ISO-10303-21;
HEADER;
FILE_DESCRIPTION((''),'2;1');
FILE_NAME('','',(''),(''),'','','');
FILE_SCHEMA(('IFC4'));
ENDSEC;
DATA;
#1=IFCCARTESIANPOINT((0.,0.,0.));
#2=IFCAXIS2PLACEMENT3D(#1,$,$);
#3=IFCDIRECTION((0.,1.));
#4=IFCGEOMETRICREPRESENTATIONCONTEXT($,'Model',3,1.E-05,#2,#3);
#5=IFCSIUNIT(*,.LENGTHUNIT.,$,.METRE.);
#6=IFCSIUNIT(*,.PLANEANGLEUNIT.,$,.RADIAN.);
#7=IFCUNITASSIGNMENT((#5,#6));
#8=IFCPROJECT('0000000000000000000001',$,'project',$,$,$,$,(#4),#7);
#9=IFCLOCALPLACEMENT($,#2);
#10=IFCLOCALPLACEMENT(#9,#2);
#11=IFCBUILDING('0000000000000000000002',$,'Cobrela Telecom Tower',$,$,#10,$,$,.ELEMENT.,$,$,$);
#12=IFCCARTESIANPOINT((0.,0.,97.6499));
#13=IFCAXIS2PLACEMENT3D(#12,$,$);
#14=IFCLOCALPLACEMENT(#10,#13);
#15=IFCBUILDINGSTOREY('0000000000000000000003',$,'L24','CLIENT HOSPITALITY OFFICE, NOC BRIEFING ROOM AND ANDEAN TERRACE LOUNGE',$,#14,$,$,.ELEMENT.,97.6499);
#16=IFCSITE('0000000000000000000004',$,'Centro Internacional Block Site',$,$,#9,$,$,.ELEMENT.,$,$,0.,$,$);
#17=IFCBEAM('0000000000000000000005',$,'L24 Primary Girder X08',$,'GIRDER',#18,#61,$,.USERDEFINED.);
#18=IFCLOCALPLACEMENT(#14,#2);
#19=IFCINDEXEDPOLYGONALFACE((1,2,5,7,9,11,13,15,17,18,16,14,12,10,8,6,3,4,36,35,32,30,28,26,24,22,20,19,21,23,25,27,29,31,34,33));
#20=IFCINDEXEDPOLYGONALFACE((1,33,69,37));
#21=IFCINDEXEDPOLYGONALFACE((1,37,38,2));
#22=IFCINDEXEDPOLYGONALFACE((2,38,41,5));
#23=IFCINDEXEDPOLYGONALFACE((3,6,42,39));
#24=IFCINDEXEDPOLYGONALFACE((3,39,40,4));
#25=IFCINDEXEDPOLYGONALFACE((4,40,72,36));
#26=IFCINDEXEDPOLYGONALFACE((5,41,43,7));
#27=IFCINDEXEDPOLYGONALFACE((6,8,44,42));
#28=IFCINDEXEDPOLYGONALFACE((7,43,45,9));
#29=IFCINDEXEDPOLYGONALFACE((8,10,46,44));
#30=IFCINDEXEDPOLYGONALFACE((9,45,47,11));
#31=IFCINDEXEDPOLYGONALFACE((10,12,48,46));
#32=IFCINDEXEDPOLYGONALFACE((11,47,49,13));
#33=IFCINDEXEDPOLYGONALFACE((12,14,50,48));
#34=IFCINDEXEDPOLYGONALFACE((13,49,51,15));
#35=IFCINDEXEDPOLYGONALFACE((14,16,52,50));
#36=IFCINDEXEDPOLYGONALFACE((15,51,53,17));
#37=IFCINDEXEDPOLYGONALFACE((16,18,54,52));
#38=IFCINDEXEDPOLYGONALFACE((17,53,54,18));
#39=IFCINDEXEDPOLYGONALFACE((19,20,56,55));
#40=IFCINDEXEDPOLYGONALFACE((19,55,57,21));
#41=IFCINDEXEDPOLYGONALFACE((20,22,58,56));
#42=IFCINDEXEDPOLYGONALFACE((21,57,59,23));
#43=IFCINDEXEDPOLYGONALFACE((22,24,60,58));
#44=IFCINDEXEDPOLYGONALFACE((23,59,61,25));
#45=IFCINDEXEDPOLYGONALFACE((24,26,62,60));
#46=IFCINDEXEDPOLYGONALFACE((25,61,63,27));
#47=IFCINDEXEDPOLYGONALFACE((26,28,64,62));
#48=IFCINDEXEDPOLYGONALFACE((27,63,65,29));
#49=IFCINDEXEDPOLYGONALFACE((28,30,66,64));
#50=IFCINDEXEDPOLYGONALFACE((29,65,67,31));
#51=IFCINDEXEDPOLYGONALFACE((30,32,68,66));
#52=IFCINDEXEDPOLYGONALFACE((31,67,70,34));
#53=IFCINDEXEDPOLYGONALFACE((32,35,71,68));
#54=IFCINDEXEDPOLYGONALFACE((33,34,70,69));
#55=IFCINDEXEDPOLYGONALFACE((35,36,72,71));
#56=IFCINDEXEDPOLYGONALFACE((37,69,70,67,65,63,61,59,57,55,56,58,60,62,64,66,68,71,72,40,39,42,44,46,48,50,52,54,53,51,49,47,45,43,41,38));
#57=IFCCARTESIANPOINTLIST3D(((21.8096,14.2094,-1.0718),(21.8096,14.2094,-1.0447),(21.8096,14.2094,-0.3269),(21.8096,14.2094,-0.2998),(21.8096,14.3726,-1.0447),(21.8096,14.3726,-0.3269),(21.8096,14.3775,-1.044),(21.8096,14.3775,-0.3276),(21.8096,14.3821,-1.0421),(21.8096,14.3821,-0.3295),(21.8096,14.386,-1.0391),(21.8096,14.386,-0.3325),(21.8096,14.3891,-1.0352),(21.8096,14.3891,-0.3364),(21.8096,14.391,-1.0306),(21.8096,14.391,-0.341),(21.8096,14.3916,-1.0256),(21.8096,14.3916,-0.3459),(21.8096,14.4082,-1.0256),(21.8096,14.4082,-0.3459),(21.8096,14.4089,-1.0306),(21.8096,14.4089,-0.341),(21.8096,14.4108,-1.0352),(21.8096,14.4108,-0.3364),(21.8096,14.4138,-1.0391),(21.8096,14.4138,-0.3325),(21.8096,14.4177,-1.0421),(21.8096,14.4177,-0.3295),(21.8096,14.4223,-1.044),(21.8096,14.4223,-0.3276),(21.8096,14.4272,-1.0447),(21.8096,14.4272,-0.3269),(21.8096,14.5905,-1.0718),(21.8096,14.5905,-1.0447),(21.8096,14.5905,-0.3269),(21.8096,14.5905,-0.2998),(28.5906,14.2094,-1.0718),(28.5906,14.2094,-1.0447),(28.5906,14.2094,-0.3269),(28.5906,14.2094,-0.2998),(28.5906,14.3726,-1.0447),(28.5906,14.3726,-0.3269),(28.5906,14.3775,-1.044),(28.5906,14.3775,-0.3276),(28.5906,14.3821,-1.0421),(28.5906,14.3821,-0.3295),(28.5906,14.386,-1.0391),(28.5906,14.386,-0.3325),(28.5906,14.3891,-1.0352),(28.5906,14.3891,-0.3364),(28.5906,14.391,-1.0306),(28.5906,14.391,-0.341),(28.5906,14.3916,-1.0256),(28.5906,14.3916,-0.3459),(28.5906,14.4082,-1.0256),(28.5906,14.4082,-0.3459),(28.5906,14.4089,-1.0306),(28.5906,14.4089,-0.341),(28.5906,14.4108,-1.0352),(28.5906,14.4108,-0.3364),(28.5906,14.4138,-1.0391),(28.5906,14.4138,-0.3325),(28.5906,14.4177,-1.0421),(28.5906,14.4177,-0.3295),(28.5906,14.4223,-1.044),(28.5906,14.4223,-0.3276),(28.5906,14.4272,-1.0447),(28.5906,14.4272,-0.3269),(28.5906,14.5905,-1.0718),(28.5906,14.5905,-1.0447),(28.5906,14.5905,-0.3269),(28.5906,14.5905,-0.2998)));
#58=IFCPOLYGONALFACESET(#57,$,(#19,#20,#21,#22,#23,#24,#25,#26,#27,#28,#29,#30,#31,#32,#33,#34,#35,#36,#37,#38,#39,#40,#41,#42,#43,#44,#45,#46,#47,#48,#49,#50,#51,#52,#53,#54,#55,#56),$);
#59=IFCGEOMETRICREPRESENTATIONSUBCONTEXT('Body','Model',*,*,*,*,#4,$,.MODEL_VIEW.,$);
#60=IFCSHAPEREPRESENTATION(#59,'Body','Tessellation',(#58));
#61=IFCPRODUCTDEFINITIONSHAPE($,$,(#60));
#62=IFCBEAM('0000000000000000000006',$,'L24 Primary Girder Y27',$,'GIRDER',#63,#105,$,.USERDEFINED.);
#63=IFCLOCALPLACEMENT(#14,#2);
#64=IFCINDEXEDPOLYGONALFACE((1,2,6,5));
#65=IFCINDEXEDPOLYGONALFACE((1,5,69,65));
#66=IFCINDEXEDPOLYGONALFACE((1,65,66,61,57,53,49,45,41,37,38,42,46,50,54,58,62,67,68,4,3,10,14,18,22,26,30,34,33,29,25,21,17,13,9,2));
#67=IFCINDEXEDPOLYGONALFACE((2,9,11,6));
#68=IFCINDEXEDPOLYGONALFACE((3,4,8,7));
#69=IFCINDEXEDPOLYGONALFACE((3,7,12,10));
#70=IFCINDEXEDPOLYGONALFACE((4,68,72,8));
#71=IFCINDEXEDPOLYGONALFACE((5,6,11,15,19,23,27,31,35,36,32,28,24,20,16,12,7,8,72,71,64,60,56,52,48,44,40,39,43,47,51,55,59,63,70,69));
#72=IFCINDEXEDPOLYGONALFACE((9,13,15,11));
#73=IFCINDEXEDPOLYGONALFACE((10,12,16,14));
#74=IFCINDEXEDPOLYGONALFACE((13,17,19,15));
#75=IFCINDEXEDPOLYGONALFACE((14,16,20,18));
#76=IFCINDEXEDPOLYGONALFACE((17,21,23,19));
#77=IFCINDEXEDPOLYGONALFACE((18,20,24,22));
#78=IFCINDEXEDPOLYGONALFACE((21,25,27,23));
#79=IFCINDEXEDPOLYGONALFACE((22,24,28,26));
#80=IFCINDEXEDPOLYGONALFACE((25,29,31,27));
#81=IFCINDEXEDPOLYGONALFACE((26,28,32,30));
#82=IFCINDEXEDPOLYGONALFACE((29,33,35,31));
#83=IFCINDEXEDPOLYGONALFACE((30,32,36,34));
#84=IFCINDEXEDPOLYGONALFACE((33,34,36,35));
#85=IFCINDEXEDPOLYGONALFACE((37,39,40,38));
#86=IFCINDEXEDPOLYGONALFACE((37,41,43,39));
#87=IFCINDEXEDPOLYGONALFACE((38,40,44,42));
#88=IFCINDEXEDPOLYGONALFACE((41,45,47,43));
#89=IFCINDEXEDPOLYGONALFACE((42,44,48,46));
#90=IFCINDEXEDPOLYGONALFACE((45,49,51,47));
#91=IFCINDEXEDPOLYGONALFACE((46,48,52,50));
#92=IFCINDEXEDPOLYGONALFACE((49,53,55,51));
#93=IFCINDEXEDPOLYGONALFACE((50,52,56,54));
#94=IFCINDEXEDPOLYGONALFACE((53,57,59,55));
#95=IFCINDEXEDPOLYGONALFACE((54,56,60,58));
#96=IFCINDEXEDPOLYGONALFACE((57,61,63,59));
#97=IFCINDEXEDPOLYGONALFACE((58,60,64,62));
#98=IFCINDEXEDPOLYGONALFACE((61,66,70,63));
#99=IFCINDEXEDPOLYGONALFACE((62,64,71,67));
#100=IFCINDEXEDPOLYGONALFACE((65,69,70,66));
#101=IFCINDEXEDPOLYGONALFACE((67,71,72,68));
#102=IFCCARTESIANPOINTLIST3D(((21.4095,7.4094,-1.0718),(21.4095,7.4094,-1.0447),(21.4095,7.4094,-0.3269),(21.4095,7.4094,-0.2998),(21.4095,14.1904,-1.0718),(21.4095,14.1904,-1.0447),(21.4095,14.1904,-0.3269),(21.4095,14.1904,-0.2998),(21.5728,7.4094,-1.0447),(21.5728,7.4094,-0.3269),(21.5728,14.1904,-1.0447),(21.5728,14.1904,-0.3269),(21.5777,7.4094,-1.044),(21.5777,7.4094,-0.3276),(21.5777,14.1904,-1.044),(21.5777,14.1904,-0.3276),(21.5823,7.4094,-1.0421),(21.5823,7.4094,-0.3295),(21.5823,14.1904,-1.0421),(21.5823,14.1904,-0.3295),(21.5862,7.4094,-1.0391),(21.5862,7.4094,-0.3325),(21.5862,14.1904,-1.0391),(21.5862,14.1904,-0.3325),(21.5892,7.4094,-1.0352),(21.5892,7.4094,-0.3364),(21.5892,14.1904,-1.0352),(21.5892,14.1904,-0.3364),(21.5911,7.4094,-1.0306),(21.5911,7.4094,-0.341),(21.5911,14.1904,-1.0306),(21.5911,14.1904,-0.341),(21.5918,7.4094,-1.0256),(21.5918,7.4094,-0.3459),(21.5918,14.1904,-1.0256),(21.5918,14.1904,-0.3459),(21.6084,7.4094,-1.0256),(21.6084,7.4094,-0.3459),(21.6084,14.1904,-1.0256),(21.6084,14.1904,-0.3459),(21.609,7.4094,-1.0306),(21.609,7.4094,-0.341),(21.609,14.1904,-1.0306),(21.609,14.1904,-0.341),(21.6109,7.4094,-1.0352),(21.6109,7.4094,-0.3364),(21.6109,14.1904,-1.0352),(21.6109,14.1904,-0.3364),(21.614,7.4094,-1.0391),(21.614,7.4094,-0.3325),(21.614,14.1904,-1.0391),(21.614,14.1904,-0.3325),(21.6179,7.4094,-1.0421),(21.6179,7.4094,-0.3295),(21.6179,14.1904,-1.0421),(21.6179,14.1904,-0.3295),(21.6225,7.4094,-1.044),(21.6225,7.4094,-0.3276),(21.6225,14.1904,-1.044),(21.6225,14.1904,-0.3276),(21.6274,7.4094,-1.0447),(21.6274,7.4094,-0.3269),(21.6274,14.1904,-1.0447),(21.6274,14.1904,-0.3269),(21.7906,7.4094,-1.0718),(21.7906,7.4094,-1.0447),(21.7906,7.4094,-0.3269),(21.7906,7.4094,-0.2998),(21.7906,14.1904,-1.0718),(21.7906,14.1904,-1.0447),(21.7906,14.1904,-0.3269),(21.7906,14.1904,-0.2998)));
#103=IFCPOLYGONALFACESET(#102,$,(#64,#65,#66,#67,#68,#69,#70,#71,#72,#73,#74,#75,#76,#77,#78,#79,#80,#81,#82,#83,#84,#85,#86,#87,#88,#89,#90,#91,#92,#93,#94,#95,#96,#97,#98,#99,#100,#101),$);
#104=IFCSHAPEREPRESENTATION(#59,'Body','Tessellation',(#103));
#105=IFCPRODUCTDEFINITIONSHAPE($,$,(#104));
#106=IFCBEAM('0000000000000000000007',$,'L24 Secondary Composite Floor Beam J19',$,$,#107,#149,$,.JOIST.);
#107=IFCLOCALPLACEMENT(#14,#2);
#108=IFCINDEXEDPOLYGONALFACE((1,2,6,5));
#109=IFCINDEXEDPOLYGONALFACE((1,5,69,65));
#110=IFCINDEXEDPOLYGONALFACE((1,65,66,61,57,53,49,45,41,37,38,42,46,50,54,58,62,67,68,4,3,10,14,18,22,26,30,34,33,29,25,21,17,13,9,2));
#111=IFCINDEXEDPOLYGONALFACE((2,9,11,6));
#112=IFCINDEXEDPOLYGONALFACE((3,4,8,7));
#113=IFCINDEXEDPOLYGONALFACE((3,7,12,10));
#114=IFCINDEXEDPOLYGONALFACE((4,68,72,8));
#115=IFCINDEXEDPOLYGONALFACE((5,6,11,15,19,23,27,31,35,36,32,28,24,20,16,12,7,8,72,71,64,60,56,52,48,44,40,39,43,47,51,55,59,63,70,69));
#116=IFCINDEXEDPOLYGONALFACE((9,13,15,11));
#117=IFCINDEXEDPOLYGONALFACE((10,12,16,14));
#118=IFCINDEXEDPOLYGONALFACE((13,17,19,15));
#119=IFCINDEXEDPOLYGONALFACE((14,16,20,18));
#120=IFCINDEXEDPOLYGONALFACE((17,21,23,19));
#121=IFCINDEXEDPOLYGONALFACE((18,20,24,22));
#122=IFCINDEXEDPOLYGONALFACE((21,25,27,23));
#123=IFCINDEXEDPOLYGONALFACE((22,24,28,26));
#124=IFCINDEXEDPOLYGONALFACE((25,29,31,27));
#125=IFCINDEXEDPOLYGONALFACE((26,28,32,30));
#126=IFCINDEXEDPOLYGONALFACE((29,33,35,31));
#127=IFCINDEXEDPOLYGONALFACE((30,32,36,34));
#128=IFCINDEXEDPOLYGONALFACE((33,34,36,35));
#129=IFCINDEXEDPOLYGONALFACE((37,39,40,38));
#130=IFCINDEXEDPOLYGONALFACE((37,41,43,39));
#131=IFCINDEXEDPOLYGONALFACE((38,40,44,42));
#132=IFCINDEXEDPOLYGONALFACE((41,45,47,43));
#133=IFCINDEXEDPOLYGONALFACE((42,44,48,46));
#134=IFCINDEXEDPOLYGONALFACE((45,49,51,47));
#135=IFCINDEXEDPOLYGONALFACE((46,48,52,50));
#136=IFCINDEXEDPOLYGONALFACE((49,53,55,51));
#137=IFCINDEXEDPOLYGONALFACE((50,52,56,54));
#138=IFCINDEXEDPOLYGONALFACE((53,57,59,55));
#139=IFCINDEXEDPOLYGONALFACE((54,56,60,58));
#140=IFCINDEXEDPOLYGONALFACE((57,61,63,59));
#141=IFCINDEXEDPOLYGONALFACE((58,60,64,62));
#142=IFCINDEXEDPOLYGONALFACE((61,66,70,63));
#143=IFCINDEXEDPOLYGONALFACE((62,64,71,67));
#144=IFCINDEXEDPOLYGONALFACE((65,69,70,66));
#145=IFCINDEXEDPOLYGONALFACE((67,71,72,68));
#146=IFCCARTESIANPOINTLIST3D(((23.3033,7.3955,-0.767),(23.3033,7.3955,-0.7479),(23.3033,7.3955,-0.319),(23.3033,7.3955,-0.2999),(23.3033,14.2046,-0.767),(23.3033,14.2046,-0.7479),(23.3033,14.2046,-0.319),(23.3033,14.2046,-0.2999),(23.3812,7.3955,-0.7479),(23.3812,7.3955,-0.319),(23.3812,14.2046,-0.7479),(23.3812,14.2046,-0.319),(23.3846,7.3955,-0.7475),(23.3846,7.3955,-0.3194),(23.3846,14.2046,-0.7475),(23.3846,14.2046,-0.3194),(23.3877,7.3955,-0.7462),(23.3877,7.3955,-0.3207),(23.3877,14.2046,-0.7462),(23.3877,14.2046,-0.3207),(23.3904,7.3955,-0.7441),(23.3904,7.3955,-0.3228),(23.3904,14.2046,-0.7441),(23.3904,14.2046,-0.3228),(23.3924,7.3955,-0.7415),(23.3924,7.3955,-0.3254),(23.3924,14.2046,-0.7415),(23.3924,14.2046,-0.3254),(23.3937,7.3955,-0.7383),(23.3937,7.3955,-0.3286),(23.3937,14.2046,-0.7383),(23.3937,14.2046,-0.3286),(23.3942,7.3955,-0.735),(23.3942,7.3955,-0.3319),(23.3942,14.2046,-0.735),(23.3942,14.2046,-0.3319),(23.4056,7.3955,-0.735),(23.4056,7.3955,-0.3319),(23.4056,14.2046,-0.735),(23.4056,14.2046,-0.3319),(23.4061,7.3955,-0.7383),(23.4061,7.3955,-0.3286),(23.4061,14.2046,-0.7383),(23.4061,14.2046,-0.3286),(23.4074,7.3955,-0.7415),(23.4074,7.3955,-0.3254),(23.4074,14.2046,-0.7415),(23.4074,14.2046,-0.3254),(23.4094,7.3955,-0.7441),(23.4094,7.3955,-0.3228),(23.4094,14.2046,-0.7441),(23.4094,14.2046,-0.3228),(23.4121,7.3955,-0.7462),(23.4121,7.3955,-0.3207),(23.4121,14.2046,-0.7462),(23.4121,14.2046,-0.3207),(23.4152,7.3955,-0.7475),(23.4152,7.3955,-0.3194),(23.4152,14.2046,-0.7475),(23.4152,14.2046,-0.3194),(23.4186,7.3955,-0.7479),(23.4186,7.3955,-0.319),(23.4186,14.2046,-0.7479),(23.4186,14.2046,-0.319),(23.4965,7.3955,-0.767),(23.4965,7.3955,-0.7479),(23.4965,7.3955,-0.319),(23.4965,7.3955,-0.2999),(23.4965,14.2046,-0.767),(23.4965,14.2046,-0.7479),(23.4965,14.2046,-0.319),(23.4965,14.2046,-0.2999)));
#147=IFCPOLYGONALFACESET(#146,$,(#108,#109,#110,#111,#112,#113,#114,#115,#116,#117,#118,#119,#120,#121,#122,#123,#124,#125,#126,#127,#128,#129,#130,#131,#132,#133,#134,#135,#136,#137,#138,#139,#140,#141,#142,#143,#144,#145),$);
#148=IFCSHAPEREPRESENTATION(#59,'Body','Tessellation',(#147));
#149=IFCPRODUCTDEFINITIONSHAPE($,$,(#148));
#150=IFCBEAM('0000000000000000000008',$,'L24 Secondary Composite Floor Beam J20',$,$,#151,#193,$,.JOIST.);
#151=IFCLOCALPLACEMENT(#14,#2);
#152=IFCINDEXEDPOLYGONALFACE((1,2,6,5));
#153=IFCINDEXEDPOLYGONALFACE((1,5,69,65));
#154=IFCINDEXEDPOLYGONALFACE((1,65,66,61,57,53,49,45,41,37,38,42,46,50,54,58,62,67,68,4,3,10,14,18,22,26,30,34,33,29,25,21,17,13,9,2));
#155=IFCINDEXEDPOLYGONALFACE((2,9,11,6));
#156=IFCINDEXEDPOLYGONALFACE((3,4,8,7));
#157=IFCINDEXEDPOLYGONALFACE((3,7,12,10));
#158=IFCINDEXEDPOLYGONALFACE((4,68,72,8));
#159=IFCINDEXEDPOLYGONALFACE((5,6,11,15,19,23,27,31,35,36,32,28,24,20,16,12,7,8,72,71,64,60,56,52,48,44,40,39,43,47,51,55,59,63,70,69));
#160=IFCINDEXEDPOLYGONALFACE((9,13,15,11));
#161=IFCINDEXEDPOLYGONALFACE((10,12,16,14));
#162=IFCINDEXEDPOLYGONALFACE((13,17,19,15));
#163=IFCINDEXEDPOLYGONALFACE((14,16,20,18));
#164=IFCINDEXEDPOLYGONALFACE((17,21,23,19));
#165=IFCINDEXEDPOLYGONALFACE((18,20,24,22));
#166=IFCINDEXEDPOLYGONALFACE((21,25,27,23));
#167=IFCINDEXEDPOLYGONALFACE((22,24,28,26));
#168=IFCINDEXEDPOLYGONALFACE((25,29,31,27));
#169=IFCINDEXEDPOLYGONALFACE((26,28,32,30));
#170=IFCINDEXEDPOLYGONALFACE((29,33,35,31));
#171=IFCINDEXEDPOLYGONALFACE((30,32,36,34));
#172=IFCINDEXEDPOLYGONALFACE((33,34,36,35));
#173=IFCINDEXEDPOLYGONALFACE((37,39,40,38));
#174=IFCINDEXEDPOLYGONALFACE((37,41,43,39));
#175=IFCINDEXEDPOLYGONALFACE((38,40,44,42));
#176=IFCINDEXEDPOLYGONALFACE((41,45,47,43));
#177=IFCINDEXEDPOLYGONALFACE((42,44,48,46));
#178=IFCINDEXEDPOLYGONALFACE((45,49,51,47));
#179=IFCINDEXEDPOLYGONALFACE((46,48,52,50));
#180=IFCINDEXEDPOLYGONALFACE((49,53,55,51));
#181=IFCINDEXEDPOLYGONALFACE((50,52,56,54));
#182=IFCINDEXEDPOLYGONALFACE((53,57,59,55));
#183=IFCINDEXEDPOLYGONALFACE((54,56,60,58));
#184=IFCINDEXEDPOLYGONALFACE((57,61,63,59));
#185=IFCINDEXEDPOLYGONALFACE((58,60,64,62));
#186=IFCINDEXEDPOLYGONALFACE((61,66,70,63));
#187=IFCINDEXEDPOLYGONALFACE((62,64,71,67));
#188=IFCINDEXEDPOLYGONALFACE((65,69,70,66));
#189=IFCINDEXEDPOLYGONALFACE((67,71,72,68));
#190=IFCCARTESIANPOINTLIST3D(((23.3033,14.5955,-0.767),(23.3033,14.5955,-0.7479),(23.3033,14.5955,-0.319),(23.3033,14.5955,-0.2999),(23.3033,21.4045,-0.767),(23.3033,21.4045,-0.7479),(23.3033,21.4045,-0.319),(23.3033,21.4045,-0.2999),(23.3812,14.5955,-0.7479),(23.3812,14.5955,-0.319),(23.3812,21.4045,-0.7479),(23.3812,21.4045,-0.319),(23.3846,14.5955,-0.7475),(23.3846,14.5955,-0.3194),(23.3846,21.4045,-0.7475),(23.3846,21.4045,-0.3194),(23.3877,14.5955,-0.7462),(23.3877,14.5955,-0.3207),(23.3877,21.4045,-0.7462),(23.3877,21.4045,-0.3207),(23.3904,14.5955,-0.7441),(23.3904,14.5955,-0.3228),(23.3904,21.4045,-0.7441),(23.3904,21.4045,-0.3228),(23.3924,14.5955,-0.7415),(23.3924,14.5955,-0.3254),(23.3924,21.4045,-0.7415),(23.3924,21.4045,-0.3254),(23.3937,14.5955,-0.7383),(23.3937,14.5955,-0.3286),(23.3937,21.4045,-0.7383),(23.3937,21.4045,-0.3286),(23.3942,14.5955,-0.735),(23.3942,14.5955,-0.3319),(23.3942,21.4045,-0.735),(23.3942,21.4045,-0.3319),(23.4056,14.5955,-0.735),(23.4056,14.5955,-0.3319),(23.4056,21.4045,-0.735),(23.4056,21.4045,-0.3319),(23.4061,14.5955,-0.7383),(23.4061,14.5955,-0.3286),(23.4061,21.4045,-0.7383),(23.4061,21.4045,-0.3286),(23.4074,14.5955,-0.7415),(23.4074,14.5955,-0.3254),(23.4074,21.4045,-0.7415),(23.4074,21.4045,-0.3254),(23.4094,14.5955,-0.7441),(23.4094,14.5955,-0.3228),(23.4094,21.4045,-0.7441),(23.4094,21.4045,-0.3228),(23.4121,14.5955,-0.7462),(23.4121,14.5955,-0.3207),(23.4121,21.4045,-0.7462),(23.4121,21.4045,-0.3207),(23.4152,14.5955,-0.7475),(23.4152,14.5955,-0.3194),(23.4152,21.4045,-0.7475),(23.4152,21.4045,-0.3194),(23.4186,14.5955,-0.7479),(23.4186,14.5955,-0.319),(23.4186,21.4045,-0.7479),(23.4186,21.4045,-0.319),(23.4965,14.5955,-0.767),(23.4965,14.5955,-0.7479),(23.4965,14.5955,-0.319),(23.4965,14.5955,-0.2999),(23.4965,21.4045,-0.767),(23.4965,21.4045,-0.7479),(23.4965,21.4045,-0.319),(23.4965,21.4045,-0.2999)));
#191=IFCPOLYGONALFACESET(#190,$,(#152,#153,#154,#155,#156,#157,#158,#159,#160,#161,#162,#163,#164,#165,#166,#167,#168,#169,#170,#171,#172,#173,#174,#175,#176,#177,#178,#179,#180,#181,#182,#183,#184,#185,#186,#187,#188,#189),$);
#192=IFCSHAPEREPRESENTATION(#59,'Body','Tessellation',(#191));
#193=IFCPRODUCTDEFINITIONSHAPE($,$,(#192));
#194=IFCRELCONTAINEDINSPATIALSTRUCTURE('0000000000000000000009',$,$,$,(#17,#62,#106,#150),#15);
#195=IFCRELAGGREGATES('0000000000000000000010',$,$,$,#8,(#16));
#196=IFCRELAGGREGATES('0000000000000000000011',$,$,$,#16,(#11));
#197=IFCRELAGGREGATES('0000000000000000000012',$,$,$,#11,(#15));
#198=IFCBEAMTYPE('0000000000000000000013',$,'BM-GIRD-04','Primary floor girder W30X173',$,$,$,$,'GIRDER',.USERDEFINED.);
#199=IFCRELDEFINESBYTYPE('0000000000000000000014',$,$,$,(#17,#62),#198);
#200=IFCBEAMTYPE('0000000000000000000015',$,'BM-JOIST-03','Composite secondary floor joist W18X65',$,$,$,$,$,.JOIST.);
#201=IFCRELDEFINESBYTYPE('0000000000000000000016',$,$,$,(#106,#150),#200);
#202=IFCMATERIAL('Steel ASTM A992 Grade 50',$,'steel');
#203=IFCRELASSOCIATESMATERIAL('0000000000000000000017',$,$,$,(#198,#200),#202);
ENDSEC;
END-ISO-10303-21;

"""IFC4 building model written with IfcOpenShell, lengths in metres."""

from ifc_helpers import new_model, si_unit, direction, frame, origin, origin_2d, place, context, subcontext, project, spatial, i_section, extrude, material, material_profile, profile_set, type_object, element, save


model = new_model("IFC4")

# Units and contexts
model_context = context("Model", 3, precision=1e-05, world=origin(), true_north=direction((0.0, 1.0)))
body_context = subcontext(model_context, "Body", "Model", "MODEL_VIEW")
ifc_project = project(units=[si_unit("LENGTHUNIT", "METRE"), si_unit("PLANEANGLEUNIT", "RADIAN")], contexts=[model_context])

# Site, building, storey
site_placement = place(None, origin())
site = spatial("IfcSite", under=ifc_project, at=site_placement, Name="Centro Internacional Block Site", CompositionType="ELEMENT", RefElevation=0.0)
building_placement = place(site_placement, origin())
building = spatial("IfcBuilding", under=site, at=building_placement, Name="Cobrela Telecom Tower", CompositionType="ELEMENT")
storey_placement = place(building_placement, frame((0.0, 0.0, 97.6499)))
storey = spatial("IfcBuildingStorey", under=building, at=storey_placement, Name="L24", Description="CLIENT HOSPITALITY OFFICE, NOC BRIEFING ROOM AND ANDEAN TERRACE LOUNGE", CompositionType="ELEMENT", Elevation=97.6499)

# Shared definitions
ifc_material_1 = material(Name="Steel ASTM A992 Grade 50", Category="steel")

# Beams
ifc_material_profile_1 = material_profile(ifc_material_1, i_section(OverallWidth=0.3811, OverallDepth=0.772, WebThickness=0.0166, FlangeThickness=0.0271, FilletRadius=0.019, at=origin_2d()), Name="W30X173")
ifc_profile_set_1 = profile_set([ifc_material_profile_1], Name="Steel ASTM A992 Grade 50")
beam_type_1 = type_object("IfcBeamType", Name="BM-GIRD-04", Description="Primary floor girder W30X173", ElementType="GIRDER", PredefinedType="USERDEFINED", material=ifc_profile_set_1)
for number, where, z_axis, x_axis, name in (
    (1, (21.8096, 14.3999, -0.6858), (1.0, 0.0, 0.0), (0.0, 1.0, 0.0), "L24 Primary Girder X08"),
    (2, (21.6001, 7.4094, -0.6858), (0.0, 1.0, 0.0), (-1.0, 0.0, 0.0), "L24 Primary Girder Y27"),
):
    element("IfcBeam", number, at=place(storey_placement, frame(where, z_axis=z_axis, x_axis=x_axis)), inside=storey, type_object=beam_type_1, Name=name, ObjectType="GIRDER", PredefinedType="USERDEFINED", context=body_context, shape_type="SweptSolid", body=[
        extrude(i_section(OverallWidth=0.3811, OverallDepth=0.772, WebThickness=0.0166, FlangeThickness=0.0271, FilletRadius=0.019, at=origin_2d()), origin(), (0.0, 0.0, 1.0), 6.781),
    ])
ifc_material_profile_2 = material_profile(ifc_material_1, i_section(OverallWidth=0.1931, OverallDepth=0.467, WebThickness=0.0115, FlangeThickness=0.019, FilletRadius=0.0129, at=origin_2d()), Name="W18X65")
ifc_profile_set_2 = profile_set([ifc_material_profile_2], Name="Steel ASTM A992 Grade 50")
beam_type_2 = type_object("IfcBeamType", Name="BM-JOIST-03", Description="Composite secondary floor joist W18X65", PredefinedType="JOIST", material=ifc_profile_set_2)
for number, where, z_axis, x_axis, name in (
    (3, (23.3999, 7.3955, -0.5334), (0.0, 1.0, 0.0), (-1.0, 0.0, 0.0), "L24 Secondary Composite Floor Beam J19"),
    (4, (23.3999, 14.5955, -0.5334), (0.0, 1.0, 0.0), (-1.0, 0.0, 0.0), "L24 Secondary Composite Floor Beam J20"),
):
    element("IfcBeam", number, at=place(storey_placement, frame(where, z_axis=z_axis, x_axis=x_axis)), inside=storey, type_object=beam_type_2, Name=name, PredefinedType="JOIST", context=body_context, shape_type="SweptSolid", body=[
        extrude(i_section(OverallWidth=0.1931, OverallDepth=0.467, WebThickness=0.0115, FlangeThickness=0.019, FilletRadius=0.0129, at=origin_2d()), origin(), (0.0, 0.0, 1.0), 6.8091),
    ])

save(model, "model.ifc")
